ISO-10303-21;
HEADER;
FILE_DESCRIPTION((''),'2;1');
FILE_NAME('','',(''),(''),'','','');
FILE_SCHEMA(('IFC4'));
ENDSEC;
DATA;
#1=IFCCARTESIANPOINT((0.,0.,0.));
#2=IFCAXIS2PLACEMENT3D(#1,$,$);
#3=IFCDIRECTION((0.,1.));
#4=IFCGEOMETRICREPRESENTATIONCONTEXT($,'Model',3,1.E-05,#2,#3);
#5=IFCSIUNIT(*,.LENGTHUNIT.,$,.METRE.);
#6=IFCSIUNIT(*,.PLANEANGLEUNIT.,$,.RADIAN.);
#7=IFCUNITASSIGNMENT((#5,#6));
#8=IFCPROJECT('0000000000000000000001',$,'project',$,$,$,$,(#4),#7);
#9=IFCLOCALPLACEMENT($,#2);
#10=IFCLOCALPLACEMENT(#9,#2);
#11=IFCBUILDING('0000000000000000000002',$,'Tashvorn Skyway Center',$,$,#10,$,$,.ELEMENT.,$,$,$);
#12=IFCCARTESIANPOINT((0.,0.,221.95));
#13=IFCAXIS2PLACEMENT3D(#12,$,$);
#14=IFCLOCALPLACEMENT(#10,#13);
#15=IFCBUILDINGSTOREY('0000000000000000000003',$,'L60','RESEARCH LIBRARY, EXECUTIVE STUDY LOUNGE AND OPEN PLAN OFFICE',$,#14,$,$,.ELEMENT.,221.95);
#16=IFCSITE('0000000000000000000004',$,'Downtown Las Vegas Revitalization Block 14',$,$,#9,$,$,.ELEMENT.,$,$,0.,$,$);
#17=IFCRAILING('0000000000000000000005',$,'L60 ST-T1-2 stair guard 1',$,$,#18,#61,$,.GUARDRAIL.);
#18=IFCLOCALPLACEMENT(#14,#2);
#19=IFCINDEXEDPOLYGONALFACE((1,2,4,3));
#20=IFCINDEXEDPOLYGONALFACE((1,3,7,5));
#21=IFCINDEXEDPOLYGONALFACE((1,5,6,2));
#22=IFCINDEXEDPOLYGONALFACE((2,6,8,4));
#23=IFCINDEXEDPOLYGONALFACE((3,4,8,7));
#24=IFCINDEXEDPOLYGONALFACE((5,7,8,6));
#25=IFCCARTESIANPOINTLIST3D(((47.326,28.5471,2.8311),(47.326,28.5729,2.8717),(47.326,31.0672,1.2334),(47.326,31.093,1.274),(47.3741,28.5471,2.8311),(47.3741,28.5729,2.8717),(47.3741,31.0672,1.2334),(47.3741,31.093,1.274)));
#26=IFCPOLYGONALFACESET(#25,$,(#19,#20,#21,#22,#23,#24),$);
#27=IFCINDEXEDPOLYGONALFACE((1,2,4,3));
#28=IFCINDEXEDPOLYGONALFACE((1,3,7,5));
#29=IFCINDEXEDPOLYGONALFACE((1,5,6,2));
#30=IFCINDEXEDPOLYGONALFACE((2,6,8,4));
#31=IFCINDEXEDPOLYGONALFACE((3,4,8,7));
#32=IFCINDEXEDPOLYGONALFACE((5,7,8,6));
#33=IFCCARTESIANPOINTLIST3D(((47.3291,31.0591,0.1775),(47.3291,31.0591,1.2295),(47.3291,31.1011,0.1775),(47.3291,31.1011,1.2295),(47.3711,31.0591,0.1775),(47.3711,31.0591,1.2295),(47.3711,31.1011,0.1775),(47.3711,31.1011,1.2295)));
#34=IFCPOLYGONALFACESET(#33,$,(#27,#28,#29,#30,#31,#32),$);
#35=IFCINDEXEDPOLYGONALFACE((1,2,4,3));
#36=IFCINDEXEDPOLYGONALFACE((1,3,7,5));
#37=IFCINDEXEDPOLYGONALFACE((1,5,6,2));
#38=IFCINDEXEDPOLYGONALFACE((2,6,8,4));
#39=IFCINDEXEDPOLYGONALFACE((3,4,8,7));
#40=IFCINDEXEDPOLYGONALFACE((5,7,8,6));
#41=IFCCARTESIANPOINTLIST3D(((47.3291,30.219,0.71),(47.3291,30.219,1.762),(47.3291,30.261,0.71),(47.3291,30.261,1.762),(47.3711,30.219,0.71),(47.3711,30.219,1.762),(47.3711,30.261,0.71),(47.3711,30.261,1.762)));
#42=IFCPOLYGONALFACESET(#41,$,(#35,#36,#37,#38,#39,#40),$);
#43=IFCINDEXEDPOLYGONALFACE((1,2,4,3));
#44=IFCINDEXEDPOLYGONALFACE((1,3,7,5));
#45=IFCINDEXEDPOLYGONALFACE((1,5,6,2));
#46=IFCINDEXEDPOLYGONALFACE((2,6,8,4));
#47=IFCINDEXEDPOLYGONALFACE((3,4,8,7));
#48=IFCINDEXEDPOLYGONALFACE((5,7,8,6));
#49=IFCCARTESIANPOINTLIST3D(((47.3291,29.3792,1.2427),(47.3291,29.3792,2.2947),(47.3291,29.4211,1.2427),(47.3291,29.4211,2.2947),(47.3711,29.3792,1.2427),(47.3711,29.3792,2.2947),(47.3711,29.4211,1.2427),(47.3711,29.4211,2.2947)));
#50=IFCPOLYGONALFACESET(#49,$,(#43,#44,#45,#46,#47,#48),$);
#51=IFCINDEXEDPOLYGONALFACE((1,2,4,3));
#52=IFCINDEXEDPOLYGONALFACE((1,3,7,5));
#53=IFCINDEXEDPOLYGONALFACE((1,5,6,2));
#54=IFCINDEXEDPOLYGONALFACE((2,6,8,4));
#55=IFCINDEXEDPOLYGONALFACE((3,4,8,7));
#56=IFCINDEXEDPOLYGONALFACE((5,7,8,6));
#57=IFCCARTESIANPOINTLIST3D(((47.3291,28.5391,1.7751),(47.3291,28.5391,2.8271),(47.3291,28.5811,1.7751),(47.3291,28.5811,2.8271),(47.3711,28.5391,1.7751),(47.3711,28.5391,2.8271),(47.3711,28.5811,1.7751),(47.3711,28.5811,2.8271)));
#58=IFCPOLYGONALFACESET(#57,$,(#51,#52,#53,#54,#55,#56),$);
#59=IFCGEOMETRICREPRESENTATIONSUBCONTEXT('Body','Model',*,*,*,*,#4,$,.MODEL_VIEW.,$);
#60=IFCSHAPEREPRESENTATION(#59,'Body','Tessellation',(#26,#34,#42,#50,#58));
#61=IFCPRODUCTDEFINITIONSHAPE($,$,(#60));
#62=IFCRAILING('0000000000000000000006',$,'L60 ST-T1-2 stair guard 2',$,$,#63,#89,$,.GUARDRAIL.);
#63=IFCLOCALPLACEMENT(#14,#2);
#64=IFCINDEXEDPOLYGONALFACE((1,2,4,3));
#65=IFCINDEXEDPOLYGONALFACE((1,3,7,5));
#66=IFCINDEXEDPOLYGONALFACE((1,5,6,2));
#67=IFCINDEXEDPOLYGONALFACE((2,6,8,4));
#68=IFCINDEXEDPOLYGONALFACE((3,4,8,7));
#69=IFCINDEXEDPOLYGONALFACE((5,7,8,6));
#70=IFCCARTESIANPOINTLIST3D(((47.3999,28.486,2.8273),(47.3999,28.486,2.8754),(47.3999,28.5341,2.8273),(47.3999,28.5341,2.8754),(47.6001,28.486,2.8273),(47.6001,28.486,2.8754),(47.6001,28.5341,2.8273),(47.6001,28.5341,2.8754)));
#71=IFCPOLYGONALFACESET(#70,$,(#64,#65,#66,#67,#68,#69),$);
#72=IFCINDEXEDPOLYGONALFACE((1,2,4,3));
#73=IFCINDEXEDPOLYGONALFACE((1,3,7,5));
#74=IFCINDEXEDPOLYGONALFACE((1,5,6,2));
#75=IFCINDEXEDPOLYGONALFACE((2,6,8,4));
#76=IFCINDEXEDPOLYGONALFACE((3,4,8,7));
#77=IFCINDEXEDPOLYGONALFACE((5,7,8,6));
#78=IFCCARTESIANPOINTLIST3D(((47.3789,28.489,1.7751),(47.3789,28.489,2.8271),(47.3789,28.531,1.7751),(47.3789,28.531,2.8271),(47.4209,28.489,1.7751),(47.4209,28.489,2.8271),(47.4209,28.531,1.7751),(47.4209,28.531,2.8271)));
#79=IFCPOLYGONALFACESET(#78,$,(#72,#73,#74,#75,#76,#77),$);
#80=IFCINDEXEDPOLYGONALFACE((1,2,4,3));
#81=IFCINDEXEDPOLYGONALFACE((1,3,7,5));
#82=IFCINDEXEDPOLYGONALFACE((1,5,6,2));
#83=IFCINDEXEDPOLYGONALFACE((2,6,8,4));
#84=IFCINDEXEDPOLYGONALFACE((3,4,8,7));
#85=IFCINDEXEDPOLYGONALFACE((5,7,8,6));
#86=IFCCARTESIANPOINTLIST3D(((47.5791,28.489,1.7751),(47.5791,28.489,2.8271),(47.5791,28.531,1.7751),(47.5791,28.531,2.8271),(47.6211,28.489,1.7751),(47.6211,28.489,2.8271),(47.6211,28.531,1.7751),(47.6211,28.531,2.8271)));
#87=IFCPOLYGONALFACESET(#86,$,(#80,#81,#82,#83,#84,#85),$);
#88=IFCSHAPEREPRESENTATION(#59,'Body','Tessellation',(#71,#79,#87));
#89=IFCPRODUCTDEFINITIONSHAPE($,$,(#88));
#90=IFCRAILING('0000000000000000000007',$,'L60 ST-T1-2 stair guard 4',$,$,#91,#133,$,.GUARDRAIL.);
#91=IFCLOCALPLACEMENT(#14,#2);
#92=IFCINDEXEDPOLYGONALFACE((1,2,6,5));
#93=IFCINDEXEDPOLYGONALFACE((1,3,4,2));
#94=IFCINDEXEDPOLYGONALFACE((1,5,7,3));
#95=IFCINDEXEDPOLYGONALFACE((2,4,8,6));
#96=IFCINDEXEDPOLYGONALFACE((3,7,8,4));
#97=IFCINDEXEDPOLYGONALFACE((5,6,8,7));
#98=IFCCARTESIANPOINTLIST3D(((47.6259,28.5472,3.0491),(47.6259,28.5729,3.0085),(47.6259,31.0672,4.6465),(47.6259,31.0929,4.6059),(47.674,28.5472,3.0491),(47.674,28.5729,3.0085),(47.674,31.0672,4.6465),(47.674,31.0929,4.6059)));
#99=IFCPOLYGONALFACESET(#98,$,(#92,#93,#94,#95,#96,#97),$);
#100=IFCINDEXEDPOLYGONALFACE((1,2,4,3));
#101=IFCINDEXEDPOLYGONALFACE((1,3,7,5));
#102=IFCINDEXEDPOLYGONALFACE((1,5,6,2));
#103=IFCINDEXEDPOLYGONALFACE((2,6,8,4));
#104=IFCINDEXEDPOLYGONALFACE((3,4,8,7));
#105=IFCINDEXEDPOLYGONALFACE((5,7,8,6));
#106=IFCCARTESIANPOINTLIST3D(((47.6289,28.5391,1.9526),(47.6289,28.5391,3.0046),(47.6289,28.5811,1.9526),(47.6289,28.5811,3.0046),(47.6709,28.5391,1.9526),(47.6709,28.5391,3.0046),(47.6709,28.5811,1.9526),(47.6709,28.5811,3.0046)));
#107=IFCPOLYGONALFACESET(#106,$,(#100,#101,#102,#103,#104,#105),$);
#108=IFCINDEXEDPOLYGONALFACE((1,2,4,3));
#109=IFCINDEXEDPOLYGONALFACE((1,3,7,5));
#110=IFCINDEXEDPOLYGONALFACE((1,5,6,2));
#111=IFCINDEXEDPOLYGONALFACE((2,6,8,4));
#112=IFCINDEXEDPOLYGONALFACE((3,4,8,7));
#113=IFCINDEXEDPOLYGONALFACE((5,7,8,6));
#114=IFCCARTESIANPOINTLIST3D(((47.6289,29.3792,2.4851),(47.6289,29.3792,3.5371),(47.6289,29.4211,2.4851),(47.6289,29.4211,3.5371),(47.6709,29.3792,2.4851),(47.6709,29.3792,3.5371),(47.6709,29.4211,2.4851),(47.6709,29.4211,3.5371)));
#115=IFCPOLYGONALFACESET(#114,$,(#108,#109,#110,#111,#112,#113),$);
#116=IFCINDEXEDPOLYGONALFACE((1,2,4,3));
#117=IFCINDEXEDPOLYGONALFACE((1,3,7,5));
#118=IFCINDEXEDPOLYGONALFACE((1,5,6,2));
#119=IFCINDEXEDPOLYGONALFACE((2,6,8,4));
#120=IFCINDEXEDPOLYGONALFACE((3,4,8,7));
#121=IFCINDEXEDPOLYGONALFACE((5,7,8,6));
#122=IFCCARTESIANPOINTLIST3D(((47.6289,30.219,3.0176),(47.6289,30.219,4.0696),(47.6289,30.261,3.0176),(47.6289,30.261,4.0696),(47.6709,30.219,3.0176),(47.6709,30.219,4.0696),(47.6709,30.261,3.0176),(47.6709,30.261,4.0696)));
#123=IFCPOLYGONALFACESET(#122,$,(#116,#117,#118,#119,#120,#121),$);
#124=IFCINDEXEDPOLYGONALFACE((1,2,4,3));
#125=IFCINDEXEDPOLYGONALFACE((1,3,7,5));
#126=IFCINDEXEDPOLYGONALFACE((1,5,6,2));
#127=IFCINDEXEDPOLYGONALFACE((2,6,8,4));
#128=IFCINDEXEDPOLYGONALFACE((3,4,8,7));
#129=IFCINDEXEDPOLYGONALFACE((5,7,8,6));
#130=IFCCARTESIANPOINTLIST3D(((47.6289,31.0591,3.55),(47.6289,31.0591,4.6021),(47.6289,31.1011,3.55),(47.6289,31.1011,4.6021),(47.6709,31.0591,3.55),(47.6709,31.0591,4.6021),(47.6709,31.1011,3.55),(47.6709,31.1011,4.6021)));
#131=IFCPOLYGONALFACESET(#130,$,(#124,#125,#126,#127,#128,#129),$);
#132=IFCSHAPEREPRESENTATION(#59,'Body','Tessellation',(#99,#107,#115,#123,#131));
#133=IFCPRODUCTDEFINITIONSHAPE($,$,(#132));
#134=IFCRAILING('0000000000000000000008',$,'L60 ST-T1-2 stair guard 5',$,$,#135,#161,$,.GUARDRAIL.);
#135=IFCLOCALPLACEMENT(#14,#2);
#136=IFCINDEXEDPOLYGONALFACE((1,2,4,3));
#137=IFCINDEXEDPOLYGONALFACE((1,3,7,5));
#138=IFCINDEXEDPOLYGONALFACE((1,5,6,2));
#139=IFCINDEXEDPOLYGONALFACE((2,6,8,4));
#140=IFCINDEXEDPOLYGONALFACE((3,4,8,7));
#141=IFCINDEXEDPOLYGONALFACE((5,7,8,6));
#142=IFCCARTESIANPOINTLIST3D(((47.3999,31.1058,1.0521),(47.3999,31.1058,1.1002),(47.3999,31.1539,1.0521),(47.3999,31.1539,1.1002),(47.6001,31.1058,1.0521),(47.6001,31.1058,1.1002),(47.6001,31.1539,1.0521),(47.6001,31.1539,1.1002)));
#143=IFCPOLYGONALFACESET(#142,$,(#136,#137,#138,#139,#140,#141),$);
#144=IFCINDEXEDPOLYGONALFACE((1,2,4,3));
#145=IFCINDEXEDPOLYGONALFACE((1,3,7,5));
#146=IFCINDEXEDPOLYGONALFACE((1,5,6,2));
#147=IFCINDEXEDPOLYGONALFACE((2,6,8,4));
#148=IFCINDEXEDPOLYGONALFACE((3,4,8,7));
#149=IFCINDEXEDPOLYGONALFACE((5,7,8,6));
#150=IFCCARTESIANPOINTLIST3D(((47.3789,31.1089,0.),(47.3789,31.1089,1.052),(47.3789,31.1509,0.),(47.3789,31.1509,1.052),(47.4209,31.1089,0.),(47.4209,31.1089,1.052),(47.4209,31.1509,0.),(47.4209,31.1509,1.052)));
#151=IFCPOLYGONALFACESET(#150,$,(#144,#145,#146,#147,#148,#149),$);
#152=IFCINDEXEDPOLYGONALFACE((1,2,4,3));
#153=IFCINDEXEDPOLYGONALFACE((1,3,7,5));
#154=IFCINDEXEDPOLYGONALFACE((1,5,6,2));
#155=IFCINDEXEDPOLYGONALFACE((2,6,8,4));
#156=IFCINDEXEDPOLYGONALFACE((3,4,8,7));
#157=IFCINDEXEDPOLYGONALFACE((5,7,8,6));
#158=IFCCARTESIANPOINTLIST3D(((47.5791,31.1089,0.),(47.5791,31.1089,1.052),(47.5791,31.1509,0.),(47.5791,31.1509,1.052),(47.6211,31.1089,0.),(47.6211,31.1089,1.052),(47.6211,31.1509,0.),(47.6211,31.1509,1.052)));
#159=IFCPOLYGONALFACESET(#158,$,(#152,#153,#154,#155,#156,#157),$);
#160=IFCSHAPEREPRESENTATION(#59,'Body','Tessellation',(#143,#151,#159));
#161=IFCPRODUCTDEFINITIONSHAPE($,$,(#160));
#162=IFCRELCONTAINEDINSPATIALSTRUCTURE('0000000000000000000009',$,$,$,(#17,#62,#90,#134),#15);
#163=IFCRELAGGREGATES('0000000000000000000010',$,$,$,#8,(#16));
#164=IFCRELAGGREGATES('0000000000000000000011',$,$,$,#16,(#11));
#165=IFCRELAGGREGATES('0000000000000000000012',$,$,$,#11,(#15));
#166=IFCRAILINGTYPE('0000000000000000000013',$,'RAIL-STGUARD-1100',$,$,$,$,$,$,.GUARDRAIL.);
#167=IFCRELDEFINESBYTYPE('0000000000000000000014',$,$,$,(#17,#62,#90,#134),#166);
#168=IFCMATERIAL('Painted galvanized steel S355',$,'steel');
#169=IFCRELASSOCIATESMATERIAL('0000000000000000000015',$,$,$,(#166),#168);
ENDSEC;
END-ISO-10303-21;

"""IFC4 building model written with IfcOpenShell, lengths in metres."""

from ifc_helpers import new_model, si_unit, direction, frame, origin, origin_2d, place, context, subcontext, project, spatial, rectangle, extrude, material, type_object, element, save


model = new_model("IFC4")

# Units and contexts
model_context = context("Model", 3, precision=1e-05, world=origin(), true_north=direction((0.0, 1.0)))
body_context = subcontext(model_context, "Body", "Model", "MODEL_VIEW")
ifc_project = project(units=[si_unit("LENGTHUNIT", "METRE"), si_unit("PLANEANGLEUNIT", "RADIAN")], contexts=[model_context])

# Site, building, storey
site_placement = place(None, origin())
site = spatial("IfcSite", under=ifc_project, at=site_placement, Name="Downtown Las Vegas Revitalization Block 14", CompositionType="ELEMENT", RefElevation=0.0)
building_placement = place(site_placement, origin())
building = spatial("IfcBuilding", under=site, at=building_placement, Name="Tashvorn Skyway Center", CompositionType="ELEMENT")
storey_placement = place(building_placement, frame((0.0, 0.0, 221.95)))
storey = spatial("IfcBuildingStorey", under=building, at=storey_placement, Name="L60", Description="RESEARCH LIBRARY, EXECUTIVE STUDY LOUNGE AND OPEN PLAN OFFICE", CompositionType="ELEMENT", Elevation=221.95)

# Railings
ifc_material_1 = material(Name="Painted galvanized steel S355", Category="steel")
railing_type_1 = type_object("IfcRailingType", Name="RAIL-STGUARD-1100", PredefinedType="GUARDRAIL", material=ifc_material_1)
railing_1_placement = place(storey_placement, frame((47.3501, 31.0801, 0.1775)))
element("IfcRailing", 1, at=railing_1_placement, inside=storey, type_object=railing_type_1, Name="L60 ST-T1-2 stair guard 1", PredefinedType="GUARDRAIL", context=body_context, shape_type="SweptSolid", body=[
    extrude(rectangle(XDim=0.0481, YDim=0.0481, at=origin_2d()), frame((0.0, 0.0, 1.0762), z_axis=(0.0, -0.84457, 0.535445), x_axis=(1.0, 0.0, 0.0)), (0.0, 0.0, 1.0), 2.9839),
    extrude(rectangle(XDim=0.042, YDim=0.042, at=origin_2d()), origin(), (0.0, 0.0, 1.0), 1.052),
    extrude(rectangle(XDim=0.042, YDim=0.042, at=origin_2d()), frame((0.0, -0.8401, 0.5325)), (0.0, 0.0, 1.0), 1.052),
    extrude(rectangle(XDim=0.042, YDim=0.042, at=origin_2d()), frame((0.0, -1.6799, 1.0652)), (0.0, 0.0, 1.0), 1.052),
    extrude(rectangle(XDim=0.042, YDim=0.042, at=origin_2d()), frame((0.0, -2.52, 1.5977)), (0.0, 0.0, 1.0), 1.052),
])
railing_2_placement = place(storey_placement, frame((47.3999, 28.51, 1.7751)))
element("IfcRailing", 2, at=railing_2_placement, inside=storey, type_object=railing_type_1, Name="L60 ST-T1-2 stair guard 2", PredefinedType="GUARDRAIL", context=body_context, shape_type="SweptSolid", body=[
    extrude(rectangle(XDim=0.0481, YDim=0.0481, at=origin_2d()), frame((0.0, 0.0, 1.0762), z_axis=(1.0, 0.0, 0.0), x_axis=(0.0, 1.0, 0.0)), (0.0, 0.0, 1.0), 0.2002),
    extrude(rectangle(XDim=0.042, YDim=0.042, at=origin_2d()), origin(), (0.0, 0.0, 1.0), 1.052),
    extrude(rectangle(XDim=0.042, YDim=0.042, at=origin_2d()), frame((0.2002, 0.0, 0.0)), (0.0, 0.0, 1.0), 1.052),
])
railing_3_placement = place(storey_placement, frame((47.6499, 28.5601, 1.9526)))
element("IfcRailing", 3, at=railing_3_placement, inside=storey, type_object=railing_type_1, Name="L60 ST-T1-2 stair guard 4", PredefinedType="GUARDRAIL", context=body_context, shape_type="SweptSolid", body=[
    extrude(rectangle(XDim=0.0481, YDim=0.0481, at=origin_2d()), frame((0.0, 0.0, 1.0762), z_axis=(0.0, 0.844607, 0.535387), x_axis=(-1.0, 0.0, 0.0)), (0.0, 0.0, 1.0), 2.9836),
    extrude(rectangle(XDim=0.042, YDim=0.042, at=origin_2d()), origin(), (0.0, 0.0, 1.0), 1.052),
    extrude(rectangle(XDim=0.042, YDim=0.042, at=origin_2d()), frame((0.0, 0.8401, 0.5325)), (0.0, 0.0, 1.0), 1.052),
    extrude(rectangle(XDim=0.042, YDim=0.042, at=origin_2d()), frame((0.0, 1.6799, 1.0649)), (0.0, 0.0, 1.0), 1.052),
    extrude(rectangle(XDim=0.042, YDim=0.042, at=origin_2d()), frame((0.0, 2.52, 1.5974)), (0.0, 0.0, 1.0), 1.052),
])
railing_4_placement = place(storey_placement, frame((47.3999, 31.1299, 0.0)))
element("IfcRailing", 4, at=railing_4_placement, inside=storey, type_object=railing_type_1, Name="L60 ST-T1-2 stair guard 5", PredefinedType="GUARDRAIL", context=body_context, shape_type="SweptSolid", body=[
    extrude(rectangle(XDim=0.0481, YDim=0.0481, at=origin_2d()), frame((0.0, 0.0, 1.0762), z_axis=(1.0, 0.0, 0.0), x_axis=(0.0, 1.0, 0.0)), (0.0, 0.0, 1.0), 0.2002),
    extrude(rectangle(XDim=0.042, YDim=0.042, at=origin_2d()), origin(), (0.0, 0.0, 1.0), 1.052),
    extrude(rectangle(XDim=0.042, YDim=0.042, at=origin_2d()), frame((0.2002, 0.0, 0.0)), (0.0, 0.0, 1.0), 1.052),
])

save(model, "model.ifc")
